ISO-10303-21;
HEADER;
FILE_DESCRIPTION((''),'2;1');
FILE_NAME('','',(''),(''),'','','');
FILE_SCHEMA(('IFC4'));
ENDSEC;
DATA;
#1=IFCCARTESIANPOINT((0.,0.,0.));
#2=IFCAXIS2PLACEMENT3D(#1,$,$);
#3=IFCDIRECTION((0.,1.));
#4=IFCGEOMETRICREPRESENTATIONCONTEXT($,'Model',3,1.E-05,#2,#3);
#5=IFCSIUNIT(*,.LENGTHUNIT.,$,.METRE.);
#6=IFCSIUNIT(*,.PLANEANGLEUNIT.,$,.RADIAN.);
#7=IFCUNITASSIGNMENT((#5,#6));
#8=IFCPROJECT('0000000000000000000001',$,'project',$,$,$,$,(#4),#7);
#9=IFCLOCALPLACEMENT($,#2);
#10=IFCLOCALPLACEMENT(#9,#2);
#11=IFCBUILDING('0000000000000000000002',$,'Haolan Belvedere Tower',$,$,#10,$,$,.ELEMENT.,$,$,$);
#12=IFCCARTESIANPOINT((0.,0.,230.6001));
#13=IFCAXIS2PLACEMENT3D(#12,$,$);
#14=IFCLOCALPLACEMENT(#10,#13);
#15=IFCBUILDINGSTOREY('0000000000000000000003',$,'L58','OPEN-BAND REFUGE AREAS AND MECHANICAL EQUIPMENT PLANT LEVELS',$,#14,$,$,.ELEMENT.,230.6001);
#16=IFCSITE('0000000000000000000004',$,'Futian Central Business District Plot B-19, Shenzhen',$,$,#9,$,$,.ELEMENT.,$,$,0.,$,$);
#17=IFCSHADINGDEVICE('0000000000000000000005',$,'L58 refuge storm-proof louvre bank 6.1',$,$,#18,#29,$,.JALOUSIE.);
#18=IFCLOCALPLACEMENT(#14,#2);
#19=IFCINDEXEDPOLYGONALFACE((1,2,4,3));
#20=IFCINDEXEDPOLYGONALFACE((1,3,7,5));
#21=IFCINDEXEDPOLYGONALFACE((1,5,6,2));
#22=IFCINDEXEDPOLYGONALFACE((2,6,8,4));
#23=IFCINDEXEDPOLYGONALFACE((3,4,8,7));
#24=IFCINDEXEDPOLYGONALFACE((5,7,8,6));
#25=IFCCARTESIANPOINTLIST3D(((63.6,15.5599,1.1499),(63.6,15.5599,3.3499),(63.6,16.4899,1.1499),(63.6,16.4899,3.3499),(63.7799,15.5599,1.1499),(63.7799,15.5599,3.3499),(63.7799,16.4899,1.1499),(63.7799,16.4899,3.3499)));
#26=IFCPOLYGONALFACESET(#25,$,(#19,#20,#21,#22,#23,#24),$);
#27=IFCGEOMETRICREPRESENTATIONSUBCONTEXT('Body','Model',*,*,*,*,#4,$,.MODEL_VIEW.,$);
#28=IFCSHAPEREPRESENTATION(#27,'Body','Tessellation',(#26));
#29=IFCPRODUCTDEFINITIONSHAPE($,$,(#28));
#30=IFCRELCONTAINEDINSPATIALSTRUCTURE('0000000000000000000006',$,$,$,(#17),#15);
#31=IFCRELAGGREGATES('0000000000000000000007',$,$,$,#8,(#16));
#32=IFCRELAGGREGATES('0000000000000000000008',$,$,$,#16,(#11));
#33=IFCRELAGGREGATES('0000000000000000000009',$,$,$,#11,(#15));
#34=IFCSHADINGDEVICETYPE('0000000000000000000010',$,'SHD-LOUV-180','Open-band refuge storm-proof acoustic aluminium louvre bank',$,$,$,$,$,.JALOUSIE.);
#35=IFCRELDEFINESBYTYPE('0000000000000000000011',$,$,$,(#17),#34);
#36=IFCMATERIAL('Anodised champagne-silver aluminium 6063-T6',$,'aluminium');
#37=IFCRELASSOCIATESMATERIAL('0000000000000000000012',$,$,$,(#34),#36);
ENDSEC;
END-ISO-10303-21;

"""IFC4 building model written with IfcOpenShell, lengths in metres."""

from ifc_helpers import new_model, si_unit, direction, frame, origin, origin_2d, place, context, subcontext, project, spatial, rectangle, extrude, material, type_object, element, save


model = new_model("IFC4")

# Units and contexts
model_context = context("Model", 3, precision=1e-05, world=origin(), true_north=direction((0.0, 1.0)))
body_context = subcontext(model_context, "Body", "Model", "MODEL_VIEW")
ifc_project = project(units=[si_unit("LENGTHUNIT", "METRE"), si_unit("PLANEANGLEUNIT", "RADIAN")], contexts=[model_context])

# Site, building, storey
site_placement = place(None, origin())
site = spatial("IfcSite", under=ifc_project, at=site_placement, Name="Futian Central Business District Plot B-19, Shenzhen", CompositionType="ELEMENT", RefElevation=0.0)
building_placement = place(site_placement, origin())
building = spatial("IfcBuilding", under=site, at=building_placement, Name="Haolan Belvedere Tower", CompositionType="ELEMENT")
storey_placement = place(building_placement, frame((0.0, 0.0, 230.6001)))
storey = spatial("IfcBuildingStorey", under=building, at=storey_placement, Name="L58", Description="OPEN-BAND REFUGE AREAS AND MECHANICAL EQUIPMENT PLANT LEVELS", CompositionType="ELEMENT", Elevation=230.6001)

# Shading device
ifc_material_1 = material(Name="Anodised champagne-silver aluminium 6063-T6", Category="aluminium")
shading_device_type = type_object("IfcShadingDeviceType", Name="SHD-LOUV-180", Description="Open-band refuge storm-proof acoustic aluminium louvre bank", PredefinedType="JALOUSIE", material=ifc_material_1)
for number, where, z_axis, x_axis, name in (
    (1, (63.6899, 16.0249, 1.1499), (0.0, 0.0, 1.0), (0.0, 1.0, 0.0), "L58 refuge storm-proof louvre bank 6.1"),
):
    element("IfcShadingDevice", number, at=place(storey_placement, frame(where, z_axis=z_axis, x_axis=x_axis)), inside=storey, type_object=shading_device_type, Name=name, PredefinedType="JALOUSIE", context=body_context, shape_type="SweptSolid", body=[
        extrude(rectangle(XDim=0.9299, YDim=0.1799, at=origin_2d()), origin(), (0.0, 0.0, 1.0), 2.2),
    ])

save(model, "model.ifc")
